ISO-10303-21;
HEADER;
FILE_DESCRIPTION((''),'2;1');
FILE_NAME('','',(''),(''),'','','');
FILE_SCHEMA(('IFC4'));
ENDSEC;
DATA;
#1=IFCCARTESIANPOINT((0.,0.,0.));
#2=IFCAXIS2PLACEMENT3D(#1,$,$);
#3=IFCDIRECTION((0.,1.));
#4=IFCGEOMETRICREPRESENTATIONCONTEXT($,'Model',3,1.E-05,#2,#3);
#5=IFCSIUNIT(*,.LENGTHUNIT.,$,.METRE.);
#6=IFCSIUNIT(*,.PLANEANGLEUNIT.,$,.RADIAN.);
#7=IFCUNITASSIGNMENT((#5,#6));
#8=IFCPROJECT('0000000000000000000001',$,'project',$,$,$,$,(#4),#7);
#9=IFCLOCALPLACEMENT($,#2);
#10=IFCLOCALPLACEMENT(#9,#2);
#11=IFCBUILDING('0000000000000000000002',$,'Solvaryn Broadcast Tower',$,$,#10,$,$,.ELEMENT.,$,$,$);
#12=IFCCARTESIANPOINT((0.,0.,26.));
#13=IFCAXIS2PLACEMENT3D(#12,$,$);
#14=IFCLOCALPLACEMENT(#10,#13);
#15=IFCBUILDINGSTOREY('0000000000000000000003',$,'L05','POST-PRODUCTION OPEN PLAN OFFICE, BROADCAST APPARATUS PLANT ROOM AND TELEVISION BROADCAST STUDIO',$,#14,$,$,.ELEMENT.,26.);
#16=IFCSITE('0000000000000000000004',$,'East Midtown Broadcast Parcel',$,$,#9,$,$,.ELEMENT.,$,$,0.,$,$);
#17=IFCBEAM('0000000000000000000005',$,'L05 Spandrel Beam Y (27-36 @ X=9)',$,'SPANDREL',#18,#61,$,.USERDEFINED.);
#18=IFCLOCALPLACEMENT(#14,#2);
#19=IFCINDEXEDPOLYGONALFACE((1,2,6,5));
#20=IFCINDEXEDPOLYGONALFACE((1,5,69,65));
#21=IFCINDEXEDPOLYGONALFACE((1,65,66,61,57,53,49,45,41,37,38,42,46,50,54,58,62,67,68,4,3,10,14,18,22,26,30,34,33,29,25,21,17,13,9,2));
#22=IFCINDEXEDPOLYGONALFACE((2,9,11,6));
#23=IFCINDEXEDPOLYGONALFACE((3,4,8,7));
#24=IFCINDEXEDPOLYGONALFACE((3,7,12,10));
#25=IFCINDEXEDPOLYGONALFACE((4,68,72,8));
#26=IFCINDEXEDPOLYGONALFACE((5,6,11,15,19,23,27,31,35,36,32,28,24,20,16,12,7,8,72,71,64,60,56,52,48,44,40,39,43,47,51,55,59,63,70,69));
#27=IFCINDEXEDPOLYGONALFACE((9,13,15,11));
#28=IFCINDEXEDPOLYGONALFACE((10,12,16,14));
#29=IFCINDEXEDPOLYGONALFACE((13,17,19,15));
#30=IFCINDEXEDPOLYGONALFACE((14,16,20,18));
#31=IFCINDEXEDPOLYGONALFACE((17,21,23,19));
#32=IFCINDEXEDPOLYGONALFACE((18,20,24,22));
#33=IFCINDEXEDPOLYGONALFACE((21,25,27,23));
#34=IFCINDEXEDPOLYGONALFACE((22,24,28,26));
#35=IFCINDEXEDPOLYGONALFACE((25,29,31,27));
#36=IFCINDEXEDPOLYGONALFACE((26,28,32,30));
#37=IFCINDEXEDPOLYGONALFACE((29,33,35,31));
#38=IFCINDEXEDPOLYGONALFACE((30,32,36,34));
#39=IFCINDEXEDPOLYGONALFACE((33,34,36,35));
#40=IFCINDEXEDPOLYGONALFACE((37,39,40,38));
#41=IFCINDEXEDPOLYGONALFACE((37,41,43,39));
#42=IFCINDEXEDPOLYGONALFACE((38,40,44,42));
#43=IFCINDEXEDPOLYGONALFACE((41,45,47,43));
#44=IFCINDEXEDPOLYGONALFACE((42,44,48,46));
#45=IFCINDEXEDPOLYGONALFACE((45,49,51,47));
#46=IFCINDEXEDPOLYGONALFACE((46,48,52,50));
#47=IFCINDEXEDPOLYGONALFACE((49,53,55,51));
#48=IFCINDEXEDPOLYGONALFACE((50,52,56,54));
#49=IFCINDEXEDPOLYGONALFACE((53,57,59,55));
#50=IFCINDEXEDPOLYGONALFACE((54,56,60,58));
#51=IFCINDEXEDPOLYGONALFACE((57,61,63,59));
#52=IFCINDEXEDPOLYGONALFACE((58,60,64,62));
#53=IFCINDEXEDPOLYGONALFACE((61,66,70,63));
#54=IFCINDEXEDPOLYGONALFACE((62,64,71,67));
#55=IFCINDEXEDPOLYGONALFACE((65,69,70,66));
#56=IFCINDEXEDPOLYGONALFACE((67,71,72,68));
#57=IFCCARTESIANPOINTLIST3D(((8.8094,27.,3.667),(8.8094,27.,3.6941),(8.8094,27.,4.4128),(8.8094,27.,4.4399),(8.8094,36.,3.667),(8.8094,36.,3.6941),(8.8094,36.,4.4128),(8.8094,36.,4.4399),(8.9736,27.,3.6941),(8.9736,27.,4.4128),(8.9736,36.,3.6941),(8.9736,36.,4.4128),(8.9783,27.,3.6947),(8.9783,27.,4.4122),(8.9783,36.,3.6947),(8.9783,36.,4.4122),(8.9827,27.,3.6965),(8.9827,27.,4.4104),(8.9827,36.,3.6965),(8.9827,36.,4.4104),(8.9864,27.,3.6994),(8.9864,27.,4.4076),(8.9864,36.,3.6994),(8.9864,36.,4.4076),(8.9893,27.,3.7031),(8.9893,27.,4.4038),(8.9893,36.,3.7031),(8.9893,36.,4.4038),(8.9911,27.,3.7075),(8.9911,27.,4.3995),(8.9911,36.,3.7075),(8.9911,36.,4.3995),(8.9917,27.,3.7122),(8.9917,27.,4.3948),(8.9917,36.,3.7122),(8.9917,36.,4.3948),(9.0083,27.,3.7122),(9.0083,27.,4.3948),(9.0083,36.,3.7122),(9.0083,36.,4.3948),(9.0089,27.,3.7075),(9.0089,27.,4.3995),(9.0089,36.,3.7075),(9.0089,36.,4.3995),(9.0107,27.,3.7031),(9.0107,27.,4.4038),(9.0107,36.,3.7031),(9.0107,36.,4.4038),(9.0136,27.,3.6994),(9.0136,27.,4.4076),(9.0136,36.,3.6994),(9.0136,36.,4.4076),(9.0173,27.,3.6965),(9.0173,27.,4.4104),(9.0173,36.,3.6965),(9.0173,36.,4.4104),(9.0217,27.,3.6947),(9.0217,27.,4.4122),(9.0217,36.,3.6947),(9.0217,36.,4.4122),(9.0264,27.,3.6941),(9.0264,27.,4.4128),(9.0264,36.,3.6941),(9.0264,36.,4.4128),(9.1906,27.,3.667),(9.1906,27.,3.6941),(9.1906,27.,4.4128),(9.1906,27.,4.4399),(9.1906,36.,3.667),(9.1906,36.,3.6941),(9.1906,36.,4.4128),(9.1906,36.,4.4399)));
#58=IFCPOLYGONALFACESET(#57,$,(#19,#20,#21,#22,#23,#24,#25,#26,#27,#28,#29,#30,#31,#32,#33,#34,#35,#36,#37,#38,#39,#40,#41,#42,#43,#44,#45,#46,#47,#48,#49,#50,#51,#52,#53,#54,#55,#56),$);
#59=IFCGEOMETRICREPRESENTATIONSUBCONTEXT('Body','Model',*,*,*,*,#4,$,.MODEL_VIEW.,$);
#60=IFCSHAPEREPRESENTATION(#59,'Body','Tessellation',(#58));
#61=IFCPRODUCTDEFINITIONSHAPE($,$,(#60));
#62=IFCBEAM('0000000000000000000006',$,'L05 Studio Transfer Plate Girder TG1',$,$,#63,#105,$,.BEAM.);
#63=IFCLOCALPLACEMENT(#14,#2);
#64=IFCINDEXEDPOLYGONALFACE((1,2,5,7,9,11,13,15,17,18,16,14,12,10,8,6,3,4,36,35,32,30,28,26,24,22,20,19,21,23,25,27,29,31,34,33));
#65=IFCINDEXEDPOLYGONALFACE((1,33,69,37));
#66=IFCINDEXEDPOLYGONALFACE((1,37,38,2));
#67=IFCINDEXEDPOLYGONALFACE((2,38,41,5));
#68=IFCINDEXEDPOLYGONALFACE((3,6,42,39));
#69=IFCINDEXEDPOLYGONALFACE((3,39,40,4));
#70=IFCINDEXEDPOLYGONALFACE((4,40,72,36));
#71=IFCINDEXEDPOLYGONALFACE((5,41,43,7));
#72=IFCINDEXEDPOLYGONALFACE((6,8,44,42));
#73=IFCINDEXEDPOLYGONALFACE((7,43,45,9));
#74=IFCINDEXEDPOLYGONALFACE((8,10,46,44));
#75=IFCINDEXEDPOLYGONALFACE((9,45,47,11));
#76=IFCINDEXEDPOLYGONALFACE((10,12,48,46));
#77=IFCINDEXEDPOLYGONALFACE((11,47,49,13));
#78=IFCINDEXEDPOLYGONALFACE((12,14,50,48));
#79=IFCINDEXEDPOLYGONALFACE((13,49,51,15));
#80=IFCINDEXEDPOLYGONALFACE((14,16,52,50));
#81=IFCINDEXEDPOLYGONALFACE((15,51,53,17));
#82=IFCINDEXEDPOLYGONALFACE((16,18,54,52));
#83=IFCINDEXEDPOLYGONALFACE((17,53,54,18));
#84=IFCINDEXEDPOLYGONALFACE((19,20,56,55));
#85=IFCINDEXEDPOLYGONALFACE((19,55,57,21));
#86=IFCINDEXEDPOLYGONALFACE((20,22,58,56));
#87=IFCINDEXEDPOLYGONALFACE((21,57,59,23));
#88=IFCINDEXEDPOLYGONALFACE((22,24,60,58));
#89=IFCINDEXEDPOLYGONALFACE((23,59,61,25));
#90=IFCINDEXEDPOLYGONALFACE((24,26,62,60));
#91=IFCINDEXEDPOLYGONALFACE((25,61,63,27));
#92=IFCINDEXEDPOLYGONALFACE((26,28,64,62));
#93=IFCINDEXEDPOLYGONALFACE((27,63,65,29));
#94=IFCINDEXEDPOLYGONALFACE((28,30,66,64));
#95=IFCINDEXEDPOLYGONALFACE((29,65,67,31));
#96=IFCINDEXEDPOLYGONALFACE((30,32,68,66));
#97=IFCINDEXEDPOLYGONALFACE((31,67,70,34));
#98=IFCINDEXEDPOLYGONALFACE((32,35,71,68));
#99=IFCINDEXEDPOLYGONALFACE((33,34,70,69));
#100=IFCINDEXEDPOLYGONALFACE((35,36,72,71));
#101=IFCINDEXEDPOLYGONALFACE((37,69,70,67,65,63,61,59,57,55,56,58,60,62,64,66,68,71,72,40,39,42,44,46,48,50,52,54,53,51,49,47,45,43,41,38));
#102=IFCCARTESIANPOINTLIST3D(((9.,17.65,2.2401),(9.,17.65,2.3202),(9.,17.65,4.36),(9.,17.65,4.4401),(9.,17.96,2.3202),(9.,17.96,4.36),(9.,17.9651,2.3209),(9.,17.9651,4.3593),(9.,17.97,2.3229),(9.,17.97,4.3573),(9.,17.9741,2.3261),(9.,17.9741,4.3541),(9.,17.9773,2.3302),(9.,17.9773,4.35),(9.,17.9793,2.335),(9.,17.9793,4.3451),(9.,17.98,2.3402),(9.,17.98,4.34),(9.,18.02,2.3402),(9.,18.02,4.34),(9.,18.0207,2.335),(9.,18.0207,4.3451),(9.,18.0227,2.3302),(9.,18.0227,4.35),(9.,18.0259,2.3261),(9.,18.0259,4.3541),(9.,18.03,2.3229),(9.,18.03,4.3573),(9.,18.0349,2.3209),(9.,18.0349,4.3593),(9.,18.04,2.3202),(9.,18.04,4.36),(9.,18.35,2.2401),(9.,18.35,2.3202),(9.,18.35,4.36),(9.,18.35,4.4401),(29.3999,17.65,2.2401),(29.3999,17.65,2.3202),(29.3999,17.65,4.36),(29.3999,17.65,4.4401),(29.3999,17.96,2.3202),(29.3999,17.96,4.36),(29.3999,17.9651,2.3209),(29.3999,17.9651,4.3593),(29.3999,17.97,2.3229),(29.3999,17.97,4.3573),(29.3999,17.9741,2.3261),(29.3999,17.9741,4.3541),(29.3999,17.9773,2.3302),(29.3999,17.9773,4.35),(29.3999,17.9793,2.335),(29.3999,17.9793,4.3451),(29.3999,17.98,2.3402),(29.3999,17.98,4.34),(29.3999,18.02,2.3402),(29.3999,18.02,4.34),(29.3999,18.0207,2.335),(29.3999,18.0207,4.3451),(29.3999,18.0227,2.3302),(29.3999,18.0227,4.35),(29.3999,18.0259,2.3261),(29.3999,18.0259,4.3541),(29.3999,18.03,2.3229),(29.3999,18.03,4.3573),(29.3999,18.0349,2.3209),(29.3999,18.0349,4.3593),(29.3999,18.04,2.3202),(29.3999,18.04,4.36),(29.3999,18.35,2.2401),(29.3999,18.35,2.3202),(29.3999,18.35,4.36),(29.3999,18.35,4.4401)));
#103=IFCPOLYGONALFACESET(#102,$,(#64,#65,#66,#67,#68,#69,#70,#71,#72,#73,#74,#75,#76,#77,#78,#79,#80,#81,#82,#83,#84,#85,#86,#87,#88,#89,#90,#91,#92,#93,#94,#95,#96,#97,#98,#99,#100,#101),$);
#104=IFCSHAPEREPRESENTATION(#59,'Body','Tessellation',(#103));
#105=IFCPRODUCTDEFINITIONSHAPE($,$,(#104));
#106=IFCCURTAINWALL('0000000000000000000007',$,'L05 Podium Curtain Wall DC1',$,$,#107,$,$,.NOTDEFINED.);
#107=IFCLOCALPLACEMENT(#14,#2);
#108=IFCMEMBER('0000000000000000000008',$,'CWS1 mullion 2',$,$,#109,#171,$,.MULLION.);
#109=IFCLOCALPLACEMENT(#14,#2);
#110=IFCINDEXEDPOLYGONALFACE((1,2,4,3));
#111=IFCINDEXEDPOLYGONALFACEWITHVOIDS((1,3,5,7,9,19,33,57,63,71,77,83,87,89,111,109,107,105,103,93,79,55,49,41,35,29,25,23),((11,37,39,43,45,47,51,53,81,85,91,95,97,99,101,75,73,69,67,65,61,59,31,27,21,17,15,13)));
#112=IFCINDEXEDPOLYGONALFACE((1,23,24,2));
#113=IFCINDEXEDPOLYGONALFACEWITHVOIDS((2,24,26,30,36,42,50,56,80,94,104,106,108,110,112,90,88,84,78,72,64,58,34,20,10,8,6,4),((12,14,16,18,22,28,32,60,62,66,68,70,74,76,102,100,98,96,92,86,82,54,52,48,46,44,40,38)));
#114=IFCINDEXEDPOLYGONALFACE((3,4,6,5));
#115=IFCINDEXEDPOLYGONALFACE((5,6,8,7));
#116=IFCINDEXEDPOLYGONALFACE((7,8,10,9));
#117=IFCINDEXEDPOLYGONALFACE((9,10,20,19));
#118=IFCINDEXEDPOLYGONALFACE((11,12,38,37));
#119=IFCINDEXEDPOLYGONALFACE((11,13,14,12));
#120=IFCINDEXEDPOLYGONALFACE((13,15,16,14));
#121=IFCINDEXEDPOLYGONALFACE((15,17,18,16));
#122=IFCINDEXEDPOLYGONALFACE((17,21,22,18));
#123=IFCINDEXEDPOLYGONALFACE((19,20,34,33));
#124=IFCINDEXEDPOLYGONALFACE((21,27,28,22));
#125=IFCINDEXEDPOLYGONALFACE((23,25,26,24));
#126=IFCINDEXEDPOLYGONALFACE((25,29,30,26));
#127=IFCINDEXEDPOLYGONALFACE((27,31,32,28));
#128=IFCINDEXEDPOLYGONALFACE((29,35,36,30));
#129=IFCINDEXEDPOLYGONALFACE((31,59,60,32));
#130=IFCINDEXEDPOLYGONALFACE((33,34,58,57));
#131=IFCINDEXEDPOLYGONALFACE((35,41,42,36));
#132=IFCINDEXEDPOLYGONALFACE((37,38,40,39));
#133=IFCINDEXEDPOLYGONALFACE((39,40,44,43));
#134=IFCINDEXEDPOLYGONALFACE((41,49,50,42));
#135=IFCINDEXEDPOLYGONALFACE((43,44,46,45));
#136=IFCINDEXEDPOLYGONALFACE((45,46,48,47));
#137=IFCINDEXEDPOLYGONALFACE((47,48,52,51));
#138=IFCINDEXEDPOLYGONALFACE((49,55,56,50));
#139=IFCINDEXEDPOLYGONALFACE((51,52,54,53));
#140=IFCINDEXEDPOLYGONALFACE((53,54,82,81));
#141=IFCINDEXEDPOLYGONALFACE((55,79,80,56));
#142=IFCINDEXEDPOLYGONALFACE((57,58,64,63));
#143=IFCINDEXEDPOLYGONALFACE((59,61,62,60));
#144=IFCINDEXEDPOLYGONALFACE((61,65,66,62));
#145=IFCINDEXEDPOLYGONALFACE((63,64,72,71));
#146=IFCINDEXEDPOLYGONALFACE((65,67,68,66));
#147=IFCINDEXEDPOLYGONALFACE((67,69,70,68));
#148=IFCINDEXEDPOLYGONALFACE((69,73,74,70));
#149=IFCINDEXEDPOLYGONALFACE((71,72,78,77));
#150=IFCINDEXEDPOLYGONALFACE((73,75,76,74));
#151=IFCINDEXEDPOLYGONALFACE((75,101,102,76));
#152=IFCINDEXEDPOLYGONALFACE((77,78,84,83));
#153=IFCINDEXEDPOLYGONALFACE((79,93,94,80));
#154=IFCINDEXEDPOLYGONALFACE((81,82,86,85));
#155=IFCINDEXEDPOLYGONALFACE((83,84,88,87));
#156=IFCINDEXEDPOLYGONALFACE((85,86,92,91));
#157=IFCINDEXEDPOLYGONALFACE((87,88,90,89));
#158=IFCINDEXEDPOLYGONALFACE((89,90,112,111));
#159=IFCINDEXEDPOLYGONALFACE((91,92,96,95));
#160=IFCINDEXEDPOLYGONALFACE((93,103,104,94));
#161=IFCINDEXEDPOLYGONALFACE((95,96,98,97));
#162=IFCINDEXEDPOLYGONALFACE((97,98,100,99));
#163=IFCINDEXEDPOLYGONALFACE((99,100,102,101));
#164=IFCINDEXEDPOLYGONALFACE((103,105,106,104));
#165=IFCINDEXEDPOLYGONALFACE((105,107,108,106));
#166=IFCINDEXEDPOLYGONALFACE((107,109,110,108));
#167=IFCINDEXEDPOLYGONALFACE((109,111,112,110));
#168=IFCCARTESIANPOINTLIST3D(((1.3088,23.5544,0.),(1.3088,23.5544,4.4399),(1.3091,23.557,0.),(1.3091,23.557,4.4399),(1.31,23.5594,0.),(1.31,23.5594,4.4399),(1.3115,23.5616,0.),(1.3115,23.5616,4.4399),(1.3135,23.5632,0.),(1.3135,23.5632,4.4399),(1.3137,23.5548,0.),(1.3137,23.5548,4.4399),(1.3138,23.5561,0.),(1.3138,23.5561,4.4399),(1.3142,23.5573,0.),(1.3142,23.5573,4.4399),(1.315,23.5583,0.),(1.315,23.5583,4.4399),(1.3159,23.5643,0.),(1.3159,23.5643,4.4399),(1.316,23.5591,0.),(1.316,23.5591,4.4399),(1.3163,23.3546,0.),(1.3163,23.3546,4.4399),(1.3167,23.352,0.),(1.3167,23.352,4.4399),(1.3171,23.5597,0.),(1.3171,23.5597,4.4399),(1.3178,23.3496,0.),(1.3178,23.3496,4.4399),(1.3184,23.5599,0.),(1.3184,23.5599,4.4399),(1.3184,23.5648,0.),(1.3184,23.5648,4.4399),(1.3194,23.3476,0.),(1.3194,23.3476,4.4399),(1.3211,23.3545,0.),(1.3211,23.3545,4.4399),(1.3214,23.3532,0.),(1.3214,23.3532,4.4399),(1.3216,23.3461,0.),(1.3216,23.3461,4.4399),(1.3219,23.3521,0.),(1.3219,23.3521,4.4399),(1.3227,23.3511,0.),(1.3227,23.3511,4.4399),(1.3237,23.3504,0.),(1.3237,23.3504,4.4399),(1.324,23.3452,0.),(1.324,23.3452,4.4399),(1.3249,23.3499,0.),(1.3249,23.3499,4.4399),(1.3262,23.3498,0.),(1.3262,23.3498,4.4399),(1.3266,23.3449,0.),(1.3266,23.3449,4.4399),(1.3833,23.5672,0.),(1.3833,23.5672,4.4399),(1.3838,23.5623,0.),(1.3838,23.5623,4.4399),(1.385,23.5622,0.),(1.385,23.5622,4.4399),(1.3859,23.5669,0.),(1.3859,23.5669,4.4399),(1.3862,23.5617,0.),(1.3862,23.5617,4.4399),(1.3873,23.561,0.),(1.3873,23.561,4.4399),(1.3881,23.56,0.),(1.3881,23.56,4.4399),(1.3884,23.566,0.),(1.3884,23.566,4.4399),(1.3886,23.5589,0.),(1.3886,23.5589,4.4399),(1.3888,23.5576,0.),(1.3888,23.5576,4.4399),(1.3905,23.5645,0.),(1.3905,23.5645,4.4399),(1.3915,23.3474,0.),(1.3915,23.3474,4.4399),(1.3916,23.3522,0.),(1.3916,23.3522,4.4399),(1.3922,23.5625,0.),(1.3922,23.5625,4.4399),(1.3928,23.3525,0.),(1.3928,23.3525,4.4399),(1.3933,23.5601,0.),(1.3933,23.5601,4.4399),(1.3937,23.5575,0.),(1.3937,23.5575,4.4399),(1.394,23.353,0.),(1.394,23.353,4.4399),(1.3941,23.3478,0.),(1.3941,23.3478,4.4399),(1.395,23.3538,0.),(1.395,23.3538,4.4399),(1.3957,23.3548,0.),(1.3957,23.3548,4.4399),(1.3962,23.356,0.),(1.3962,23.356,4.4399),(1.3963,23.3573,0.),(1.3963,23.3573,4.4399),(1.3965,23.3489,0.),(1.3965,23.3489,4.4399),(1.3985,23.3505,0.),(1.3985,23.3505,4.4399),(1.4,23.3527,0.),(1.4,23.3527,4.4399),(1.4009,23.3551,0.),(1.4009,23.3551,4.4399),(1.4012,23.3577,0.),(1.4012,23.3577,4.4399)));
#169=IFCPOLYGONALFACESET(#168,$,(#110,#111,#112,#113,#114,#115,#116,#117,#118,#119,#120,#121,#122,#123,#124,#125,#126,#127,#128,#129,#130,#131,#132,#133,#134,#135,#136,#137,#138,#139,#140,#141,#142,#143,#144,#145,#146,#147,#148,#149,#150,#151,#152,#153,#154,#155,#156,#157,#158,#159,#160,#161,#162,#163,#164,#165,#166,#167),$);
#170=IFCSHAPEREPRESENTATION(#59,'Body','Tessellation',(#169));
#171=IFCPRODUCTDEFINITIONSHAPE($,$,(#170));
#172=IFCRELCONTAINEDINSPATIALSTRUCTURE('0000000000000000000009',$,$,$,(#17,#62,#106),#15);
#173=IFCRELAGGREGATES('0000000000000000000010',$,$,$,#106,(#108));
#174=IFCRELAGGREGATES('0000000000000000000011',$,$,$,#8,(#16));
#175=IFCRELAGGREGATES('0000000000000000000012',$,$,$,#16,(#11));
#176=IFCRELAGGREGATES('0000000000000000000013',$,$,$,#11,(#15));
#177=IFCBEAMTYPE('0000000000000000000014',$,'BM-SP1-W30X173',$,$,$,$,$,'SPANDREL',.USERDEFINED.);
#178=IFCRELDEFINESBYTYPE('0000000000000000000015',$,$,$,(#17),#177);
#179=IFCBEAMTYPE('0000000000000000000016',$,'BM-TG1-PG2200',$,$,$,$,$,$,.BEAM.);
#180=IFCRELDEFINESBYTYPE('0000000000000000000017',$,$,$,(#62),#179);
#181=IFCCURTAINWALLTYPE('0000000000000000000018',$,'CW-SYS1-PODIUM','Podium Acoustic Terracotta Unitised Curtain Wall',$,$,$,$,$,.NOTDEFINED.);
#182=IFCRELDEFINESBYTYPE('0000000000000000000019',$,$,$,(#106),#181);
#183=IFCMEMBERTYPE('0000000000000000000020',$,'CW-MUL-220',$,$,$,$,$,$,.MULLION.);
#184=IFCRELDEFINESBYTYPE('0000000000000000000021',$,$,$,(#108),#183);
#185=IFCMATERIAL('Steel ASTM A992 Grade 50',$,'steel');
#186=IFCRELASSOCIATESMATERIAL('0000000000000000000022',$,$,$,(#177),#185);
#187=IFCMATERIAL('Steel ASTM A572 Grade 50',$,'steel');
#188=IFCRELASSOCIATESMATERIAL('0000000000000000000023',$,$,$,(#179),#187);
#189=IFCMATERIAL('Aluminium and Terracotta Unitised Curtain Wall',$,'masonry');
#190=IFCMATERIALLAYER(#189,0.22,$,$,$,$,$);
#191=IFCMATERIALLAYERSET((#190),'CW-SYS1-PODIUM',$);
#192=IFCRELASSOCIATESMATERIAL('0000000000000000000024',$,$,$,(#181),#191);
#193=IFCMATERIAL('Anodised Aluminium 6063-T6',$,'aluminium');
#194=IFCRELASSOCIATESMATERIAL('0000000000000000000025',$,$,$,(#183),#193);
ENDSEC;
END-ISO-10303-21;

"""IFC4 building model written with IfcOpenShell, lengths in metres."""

from ifc_helpers import new_model, si_unit, direction, frame, origin, origin_2d, place, context, subcontext, project, spatial, hollow_rectangle, i_section, extrude, material, layer, layer_set, material_profile, profile_set, type_object, element, aggregate, save


model = new_model("IFC4")

# Units and contexts
model_context = context("Model", 3, precision=1e-05, world=origin(), true_north=direction((0.0, 1.0)))
body_context = subcontext(model_context, "Body", "Model", "MODEL_VIEW")
ifc_project = project(units=[si_unit("LENGTHUNIT", "METRE"), si_unit("PLANEANGLEUNIT", "RADIAN")], contexts=[model_context])

# Site, building, storey
site_placement = place(None, origin())
site = spatial("IfcSite", under=ifc_project, at=site_placement, Name="East Midtown Broadcast Parcel", CompositionType="ELEMENT", RefElevation=0.0)
building_placement = place(site_placement, origin())
building = spatial("IfcBuilding", under=site, at=building_placement, Name="Solvaryn Broadcast Tower", CompositionType="ELEMENT")
storey_placement = place(building_placement, frame((0.0, 0.0, 26.0)))
storey = spatial("IfcBuildingStorey", under=building, at=storey_placement, Name="L05", Description="POST-PRODUCTION OPEN PLAN OFFICE, BROADCAST APPARATUS PLANT ROOM AND TELEVISION BROADCAST STUDIO", CompositionType="ELEMENT", Elevation=26.0)

# Beams
ifc_material_1 = material(Name="Steel ASTM A992 Grade 50", Category="steel")
ifc_material_profile_1 = material_profile(ifc_material_1, i_section(OverallWidth=0.3811, OverallDepth=0.7729, WebThickness=0.0166, FlangeThickness=0.0271, FilletRadius=0.0181, at=origin_2d()))
ifc_profile_set_1 = profile_set([ifc_material_profile_1], Name="Steel ASTM A992 Grade 50")
beam_type_1 = type_object("IfcBeamType", Name="BM-SP1-W30X173", ElementType="SPANDREL", PredefinedType="USERDEFINED", material=ifc_profile_set_1)
for number, where, z_axis, x_axis, name in (
    (1, (9.0, 27.0, 4.0535), (0.0, 1.0, 0.0), (-1.0, 0.0, 0.0), "L05 Spandrel Beam Y (27-36 @ X=9)"),
):
    element("IfcBeam", number, at=place(storey_placement, frame(where, z_axis=z_axis, x_axis=x_axis)), inside=storey, type_object=beam_type_1, Name=name, ObjectType="SPANDREL", PredefinedType="USERDEFINED", context=body_context, shape_type="SweptSolid", body=[
        extrude(i_section(OverallWidth=0.3811, OverallDepth=0.7729, WebThickness=0.0166, FlangeThickness=0.0271, FilletRadius=0.0181, at=origin_2d()), origin(), (0.0, 0.0, 1.0), 9.0),
    ])
ifc_material_2 = material(Name="Steel ASTM A572 Grade 50", Category="steel")
ifc_material_profile_2 = material_profile(ifc_material_2, i_section(OverallWidth=0.7, OverallDepth=2.2, WebThickness=0.04, FlangeThickness=0.0801, FilletRadius=0.02, at=origin_2d()))
ifc_profile_set_2 = profile_set([ifc_material_profile_2], Name="Steel ASTM A572 Grade 50")
beam_type_2 = type_object("IfcBeamType", Name="BM-TG1-PG2200", PredefinedType="BEAM", material=ifc_profile_set_2)
beam_1_placement = place(storey_placement, frame((9.0, 18.0, 3.3401), z_axis=(1.0, 0.0, 0.0), x_axis=(0.0, 1.0, 0.0)))
element("IfcBeam", 2, at=beam_1_placement, inside=storey, type_object=beam_type_2, Name="L05 Studio Transfer Plate Girder TG1", PredefinedType="BEAM", context=body_context, shape_type="SweptSolid", body=[
    extrude(i_section(OverallWidth=0.7, OverallDepth=2.2, WebThickness=0.04, FlangeThickness=0.0801, FilletRadius=0.02, at=origin_2d()), origin(), (0.0, 0.0, 1.0), 20.3999),
])

# Curtain wall, member
ifc_material_3 = material(Name="Aluminium and Terracotta Unitised Curtain Wall", Category="masonry")
ifc_layer_1 = layer(ifc_material_3, 0.22)
ifc_layer_set_1 = layer_set([ifc_layer_1], Name="CW-SYS1-PODIUM")
curtain_wall_type = type_object("IfcCurtainWallType", Name="CW-SYS1-PODIUM", Description="Podium Acoustic Terracotta Unitised Curtain Wall", PredefinedType="NOTDEFINED", material=ifc_layer_set_1)
curtain_wall_1_placement = place(storey_placement, origin())
curtain_wall_1 = element("IfcCurtainWall", 3, at=curtain_wall_1_placement, inside=storey, type_object=curtain_wall_type, Name="L05 Podium Curtain Wall DC1", PredefinedType="NOTDEFINED")
ifc_material_4 = material(Name="Anodised Aluminium 6063-T6", Category="aluminium")
ifc_material_profile_3 = material_profile(ifc_material_4, hollow_rectangle(XDim=0.085, YDim=0.22, WallThickness=0.0049, InnerFilletRadius=0.0049, OuterFilletRadius=0.01, at=origin_2d()))
ifc_profile_set_3 = profile_set([ifc_material_profile_3], Name="Anodised Aluminium 6063-T6")
member_type_1 = type_object("IfcMemberType", Name="CW-MUL-220", PredefinedType="MULLION", material=ifc_profile_set_3)
member_1_placement = place(storey_placement, frame((1.355, 23.4561, 0.0), z_axis=(0.0, 0.0, 1.0), x_axis=(0.999307, 0.037232, 0.0)))
member_1 = element("IfcMember", 4, at=member_1_placement, type_object=member_type_1, Name="CWS1 mullion 2", PredefinedType="MULLION", context=body_context, shape_type="SweptSolid", body=[
    extrude(hollow_rectangle(XDim=0.085, YDim=0.22, WallThickness=0.0049, InnerFilletRadius=0.0049, OuterFilletRadius=0.01, at=origin_2d()), origin(), (0.0, 0.0, 1.0), 4.4399),
])

aggregate(curtain_wall_1, [member_1])

save(model, "model.ifc")
